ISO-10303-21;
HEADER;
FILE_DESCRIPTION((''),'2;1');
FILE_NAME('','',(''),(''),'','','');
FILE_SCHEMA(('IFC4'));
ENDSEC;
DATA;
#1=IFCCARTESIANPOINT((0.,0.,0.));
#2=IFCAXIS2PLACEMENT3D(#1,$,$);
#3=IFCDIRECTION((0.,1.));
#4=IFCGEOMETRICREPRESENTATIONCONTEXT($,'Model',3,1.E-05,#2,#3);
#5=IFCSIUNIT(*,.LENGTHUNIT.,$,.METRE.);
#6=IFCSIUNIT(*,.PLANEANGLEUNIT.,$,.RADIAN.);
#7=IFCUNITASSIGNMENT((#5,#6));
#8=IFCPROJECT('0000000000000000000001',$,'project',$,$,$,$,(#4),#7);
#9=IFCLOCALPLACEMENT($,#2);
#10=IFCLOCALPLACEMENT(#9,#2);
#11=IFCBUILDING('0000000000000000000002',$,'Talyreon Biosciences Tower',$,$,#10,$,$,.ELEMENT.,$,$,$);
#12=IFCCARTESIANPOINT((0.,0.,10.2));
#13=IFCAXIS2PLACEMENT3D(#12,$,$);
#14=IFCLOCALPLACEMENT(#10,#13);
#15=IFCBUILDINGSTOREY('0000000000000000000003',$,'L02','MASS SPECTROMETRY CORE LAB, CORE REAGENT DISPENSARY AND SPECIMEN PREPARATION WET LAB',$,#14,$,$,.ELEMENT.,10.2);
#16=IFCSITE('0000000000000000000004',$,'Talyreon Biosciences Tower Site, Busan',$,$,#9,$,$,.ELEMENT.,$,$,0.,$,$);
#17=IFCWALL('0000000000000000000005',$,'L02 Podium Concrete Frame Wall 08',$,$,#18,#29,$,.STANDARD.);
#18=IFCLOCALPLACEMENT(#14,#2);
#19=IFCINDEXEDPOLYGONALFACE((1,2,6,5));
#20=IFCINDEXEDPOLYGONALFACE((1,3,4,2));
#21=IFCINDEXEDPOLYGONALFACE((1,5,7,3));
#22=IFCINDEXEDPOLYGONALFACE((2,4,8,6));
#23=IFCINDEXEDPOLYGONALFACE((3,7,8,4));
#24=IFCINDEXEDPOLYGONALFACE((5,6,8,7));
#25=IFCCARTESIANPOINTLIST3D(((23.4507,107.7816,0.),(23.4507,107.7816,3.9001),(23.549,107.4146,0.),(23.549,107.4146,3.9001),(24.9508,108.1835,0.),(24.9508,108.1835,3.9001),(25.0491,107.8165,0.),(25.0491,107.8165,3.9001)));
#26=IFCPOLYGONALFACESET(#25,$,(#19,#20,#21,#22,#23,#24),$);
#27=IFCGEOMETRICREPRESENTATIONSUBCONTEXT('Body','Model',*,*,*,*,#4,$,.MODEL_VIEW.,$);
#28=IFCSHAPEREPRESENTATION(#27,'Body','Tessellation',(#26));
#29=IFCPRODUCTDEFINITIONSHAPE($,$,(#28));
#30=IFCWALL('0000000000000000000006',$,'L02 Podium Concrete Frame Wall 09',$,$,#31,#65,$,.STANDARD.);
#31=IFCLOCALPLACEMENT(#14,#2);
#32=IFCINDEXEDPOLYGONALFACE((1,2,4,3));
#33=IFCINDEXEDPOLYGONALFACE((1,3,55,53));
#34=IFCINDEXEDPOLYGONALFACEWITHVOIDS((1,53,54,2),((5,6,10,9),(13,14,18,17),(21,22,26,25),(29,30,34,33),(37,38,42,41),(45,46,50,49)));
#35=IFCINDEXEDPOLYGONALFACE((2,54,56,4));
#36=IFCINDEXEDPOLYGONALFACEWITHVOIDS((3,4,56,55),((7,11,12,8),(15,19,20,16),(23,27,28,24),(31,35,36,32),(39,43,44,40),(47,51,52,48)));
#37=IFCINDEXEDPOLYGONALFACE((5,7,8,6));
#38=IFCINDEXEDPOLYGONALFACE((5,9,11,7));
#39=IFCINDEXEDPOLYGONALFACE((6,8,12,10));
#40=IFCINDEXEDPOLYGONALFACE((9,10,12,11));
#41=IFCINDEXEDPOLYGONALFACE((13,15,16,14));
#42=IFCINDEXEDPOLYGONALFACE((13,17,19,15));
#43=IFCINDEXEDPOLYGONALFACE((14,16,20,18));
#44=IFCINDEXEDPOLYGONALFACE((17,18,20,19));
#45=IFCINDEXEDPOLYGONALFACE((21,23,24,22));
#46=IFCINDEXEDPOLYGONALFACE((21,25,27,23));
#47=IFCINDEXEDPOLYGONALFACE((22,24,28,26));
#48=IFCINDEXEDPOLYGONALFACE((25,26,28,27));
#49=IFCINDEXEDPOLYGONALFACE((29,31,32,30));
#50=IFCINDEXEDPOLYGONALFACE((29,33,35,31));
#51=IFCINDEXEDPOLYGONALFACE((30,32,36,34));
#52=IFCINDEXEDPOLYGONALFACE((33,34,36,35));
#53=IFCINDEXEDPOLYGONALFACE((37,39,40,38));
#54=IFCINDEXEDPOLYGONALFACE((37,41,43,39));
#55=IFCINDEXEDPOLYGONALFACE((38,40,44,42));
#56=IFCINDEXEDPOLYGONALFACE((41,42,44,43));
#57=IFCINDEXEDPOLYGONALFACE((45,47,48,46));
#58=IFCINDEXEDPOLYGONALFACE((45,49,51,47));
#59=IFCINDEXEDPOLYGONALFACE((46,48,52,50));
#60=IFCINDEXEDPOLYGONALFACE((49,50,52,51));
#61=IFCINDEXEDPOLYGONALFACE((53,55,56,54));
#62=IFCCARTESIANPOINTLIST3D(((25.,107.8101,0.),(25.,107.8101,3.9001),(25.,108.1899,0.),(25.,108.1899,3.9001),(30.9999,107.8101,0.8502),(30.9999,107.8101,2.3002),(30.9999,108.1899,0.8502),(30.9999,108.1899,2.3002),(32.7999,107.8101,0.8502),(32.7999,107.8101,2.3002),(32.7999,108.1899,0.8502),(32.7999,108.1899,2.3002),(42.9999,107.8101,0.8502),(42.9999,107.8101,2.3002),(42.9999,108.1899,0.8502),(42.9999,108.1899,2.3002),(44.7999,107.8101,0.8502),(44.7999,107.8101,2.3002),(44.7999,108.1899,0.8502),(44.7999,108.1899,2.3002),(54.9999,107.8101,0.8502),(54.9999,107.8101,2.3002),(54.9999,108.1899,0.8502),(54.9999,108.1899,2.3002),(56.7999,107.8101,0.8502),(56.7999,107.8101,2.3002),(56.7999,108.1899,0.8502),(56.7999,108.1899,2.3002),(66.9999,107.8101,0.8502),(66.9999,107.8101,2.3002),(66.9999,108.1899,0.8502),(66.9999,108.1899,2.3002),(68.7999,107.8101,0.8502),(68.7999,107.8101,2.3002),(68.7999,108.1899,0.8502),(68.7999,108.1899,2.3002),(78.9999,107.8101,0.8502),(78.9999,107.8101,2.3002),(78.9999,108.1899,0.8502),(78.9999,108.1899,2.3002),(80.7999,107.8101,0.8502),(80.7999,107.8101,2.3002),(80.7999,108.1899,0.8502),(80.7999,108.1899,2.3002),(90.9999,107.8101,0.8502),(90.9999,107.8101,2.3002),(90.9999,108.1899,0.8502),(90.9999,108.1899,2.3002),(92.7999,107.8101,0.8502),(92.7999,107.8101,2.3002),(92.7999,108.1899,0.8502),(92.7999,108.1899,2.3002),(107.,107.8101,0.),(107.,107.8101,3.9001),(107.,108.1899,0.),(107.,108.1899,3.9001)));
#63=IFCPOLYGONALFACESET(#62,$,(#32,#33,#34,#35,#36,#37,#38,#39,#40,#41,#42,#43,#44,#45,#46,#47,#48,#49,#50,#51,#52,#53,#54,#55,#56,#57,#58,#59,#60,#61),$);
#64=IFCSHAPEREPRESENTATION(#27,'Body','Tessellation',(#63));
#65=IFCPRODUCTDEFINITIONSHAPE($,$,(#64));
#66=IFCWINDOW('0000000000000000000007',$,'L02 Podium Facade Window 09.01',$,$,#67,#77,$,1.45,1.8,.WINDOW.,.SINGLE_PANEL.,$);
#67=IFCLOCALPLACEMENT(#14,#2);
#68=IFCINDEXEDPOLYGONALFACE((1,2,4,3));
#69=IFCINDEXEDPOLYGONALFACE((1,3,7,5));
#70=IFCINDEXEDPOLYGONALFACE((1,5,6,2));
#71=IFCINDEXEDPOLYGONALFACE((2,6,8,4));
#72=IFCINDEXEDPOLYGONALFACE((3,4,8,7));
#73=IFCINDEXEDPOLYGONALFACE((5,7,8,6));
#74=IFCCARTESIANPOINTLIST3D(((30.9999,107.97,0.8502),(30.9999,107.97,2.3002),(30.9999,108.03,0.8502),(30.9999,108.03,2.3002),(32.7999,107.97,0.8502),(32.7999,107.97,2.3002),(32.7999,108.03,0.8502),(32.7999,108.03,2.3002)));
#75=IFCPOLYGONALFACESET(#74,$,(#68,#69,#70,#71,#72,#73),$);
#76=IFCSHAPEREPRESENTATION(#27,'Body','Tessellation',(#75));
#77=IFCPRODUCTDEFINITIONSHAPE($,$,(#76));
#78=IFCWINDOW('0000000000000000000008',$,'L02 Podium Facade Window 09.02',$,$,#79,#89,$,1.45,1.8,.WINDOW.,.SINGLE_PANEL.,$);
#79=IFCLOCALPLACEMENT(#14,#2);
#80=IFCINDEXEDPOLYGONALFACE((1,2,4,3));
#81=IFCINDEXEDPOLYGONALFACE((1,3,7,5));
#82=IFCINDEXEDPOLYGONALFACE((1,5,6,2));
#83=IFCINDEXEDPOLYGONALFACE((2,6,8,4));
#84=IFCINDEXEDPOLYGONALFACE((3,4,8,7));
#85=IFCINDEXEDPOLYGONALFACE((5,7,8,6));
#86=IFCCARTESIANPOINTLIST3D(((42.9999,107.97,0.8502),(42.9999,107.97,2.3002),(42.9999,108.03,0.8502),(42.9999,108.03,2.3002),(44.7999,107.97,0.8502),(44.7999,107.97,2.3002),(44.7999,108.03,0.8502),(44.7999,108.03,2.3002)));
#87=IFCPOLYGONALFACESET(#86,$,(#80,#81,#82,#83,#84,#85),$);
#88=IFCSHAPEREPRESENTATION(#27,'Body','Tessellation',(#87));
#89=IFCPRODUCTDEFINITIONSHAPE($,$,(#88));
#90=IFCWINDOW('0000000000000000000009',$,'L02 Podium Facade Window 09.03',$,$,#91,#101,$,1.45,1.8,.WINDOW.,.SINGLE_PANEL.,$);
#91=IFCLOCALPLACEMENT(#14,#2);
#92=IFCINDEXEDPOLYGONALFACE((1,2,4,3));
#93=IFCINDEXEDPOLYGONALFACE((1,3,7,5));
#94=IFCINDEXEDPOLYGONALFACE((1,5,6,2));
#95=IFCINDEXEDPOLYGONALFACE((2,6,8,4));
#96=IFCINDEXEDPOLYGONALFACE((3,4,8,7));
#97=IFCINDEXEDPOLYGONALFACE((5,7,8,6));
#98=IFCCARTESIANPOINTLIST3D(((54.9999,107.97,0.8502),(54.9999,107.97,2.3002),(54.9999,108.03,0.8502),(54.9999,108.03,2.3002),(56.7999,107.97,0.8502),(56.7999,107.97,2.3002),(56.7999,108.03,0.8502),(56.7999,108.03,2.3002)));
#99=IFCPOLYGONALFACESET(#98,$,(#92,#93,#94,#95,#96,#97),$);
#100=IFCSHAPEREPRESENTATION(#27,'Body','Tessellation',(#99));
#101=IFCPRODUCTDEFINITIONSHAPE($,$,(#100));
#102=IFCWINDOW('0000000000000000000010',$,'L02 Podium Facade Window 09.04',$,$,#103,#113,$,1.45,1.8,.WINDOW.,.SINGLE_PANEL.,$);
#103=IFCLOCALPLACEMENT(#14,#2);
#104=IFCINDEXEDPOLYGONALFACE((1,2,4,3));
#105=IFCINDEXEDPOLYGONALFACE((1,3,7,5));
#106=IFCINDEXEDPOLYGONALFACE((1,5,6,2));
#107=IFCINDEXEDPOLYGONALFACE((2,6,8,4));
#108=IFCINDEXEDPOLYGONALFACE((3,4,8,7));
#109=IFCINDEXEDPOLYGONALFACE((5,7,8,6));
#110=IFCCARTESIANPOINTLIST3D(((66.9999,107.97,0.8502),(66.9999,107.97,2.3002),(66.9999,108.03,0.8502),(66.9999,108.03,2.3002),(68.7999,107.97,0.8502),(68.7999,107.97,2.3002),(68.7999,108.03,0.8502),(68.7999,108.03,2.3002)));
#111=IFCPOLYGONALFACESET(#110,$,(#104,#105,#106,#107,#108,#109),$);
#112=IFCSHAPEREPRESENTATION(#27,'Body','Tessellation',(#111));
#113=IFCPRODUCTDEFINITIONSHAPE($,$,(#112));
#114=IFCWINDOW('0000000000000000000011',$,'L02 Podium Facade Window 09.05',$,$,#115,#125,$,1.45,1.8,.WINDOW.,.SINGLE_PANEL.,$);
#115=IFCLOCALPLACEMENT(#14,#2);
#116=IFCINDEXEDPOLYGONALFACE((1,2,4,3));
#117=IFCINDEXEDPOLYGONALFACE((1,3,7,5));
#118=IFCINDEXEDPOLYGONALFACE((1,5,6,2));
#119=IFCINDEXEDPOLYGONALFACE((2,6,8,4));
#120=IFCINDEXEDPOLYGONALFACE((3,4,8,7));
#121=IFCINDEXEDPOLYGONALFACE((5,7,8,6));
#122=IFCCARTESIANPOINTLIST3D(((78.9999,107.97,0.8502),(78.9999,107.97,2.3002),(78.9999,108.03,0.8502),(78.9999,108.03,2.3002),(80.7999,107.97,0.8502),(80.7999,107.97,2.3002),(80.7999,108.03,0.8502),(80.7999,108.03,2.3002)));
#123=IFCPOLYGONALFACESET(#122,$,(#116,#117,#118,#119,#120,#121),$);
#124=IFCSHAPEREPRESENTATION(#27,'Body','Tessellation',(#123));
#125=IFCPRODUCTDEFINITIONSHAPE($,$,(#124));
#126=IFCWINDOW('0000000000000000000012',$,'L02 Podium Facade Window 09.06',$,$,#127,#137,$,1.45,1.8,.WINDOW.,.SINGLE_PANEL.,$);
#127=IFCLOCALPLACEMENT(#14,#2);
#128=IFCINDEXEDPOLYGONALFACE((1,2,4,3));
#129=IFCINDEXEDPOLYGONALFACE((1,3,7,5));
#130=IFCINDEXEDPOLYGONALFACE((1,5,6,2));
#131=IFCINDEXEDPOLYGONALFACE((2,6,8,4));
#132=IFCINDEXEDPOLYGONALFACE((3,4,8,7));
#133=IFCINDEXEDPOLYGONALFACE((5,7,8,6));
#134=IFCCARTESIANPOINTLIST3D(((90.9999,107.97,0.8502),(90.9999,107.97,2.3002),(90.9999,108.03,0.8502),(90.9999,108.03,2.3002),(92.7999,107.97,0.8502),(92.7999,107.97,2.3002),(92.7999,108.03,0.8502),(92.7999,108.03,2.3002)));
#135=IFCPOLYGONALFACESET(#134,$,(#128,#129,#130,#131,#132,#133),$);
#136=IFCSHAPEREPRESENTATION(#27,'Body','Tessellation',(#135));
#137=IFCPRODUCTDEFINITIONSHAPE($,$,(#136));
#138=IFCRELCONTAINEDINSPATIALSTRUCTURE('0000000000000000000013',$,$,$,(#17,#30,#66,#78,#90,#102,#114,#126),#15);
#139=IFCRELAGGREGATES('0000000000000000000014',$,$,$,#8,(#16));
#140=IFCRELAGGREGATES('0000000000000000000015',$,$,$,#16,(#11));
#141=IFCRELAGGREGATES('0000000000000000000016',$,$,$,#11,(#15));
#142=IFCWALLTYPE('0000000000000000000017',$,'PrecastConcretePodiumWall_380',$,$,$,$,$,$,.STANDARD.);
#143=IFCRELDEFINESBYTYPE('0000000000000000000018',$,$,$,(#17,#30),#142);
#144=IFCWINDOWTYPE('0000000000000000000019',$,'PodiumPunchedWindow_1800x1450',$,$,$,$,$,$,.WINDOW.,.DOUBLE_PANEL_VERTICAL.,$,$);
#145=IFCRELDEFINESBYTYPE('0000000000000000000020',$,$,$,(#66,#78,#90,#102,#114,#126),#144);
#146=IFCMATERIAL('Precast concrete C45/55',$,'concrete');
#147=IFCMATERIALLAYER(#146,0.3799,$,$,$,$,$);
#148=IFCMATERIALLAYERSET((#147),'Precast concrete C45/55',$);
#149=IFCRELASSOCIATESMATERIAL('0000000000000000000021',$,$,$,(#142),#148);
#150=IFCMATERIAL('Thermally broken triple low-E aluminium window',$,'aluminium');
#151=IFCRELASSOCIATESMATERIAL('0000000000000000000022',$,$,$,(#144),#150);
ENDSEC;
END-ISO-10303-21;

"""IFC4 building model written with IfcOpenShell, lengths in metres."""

from ifc_helpers import new_model, si_unit, direction, frame, frame_2d, origin, place, context, subcontext, project, spatial, rectangle, extrude, material, layer, layer_set, type_object, element, fill, save


model = new_model("IFC4")

# Units and contexts
model_context = context("Model", 3, precision=1e-05, world=origin(), true_north=direction((0.0, 1.0)))
body_context = subcontext(model_context, "Body", "Model", "MODEL_VIEW")
ifc_project = project(units=[si_unit("LENGTHUNIT", "METRE"), si_unit("PLANEANGLEUNIT", "RADIAN")], contexts=[model_context])

# Site, building, storey
site_placement = place(None, origin())
site = spatial("IfcSite", under=ifc_project, at=site_placement, Name="Talyreon Biosciences Tower Site, Busan", CompositionType="ELEMENT", RefElevation=0.0)
building_placement = place(site_placement, origin())
building = spatial("IfcBuilding", under=site, at=building_placement, Name="Talyreon Biosciences Tower", CompositionType="ELEMENT")
storey_placement = place(building_placement, frame((0.0, 0.0, 10.2)))
storey = spatial("IfcBuildingStorey", under=building, at=storey_placement, Name="L02", Description="MASS SPECTROMETRY CORE LAB, CORE REAGENT DISPENSARY AND SPECIMEN PREPARATION WET LAB", CompositionType="ELEMENT", Elevation=10.2)

# Wall
ifc_material_1 = material(Name="Precast concrete C45/55", Category="concrete")
ifc_layer_1 = layer(ifc_material_1, 0.3799)
ifc_layer_set_1 = layer_set([ifc_layer_1], Name="Precast concrete C45/55")
wall_type_1 = type_object("IfcWallType", Name="PrecastConcretePodiumWall_380", PredefinedType="STANDARD", material=ifc_layer_set_1)
for number, where, z_axis, x_axis, name in (
    (1, (23.5, 107.5981, 0.0), (0.0, 0.0, 1.0), (0.965937, 0.258778, 0.0), "L02 Podium Concrete Frame Wall 08"),
):
    element("IfcWall", number, at=place(storey_placement, frame(where, z_axis=z_axis, x_axis=x_axis)), inside=storey, type_object=wall_type_1, Name=name, PredefinedType="STANDARD", context=body_context, shape_type="SweptSolid", body=[
        extrude(rectangle(XDim=1.553, YDim=0.3799, at=frame_2d((0.7764, 0.0))), origin(), (0.0, 0.0, 1.0), 3.9001),
    ])

# Wall, openings, windows
wall_1_placement = place(storey_placement, frame((25.0, 108.0, 0.0), z_axis=(0.0, 0.0, 1.0), x_axis=(1.0, 0.0, 0.0)))
wall_1 = element("IfcWall", 2, at=wall_1_placement, inside=storey, type_object=wall_type_1, Name="L02 Podium Concrete Frame Wall 09", PredefinedType="STANDARD", context=body_context, shape_type="SweptSolid", body=[
    extrude(rectangle(XDim=82.0, YDim=0.3799, at=frame_2d((41.0, 0.0))), origin(), (0.0, 0.0, 1.0), 3.9001),
])
opening_1_placement = place(wall_1_placement, frame((6.0, 0.0, 0.8501)))
opening_1 = element("IfcOpeningElement", 3, at=opening_1_placement, cuts=wall_1, PredefinedType="OPENING", context=body_context, shape_type="SweptSolid", body=[
    extrude(rectangle(XDim=1.8, YDim=1.45, at=frame_2d((0.8999, 0.7251))), frame((0.0, 0.2, 0.0), z_axis=(0.0, -1.0, 0.0), x_axis=(1.0, 0.0, 0.0)), (0.0, 0.0, 1.0), 0.3999),
])
opening_2_placement = place(wall_1_placement, frame((18.0, 0.0, 0.8501)))
opening_2 = element("IfcOpeningElement", 4, at=opening_2_placement, cuts=wall_1, PredefinedType="OPENING", context=body_context, shape_type="SweptSolid", body=[
    extrude(rectangle(XDim=1.8, YDim=1.45, at=frame_2d((0.8999, 0.7251))), frame((0.0, 0.2, 0.0), z_axis=(0.0, -1.0, 0.0), x_axis=(1.0, 0.0, 0.0)), (0.0, 0.0, 1.0), 0.3999),
])
opening_3_placement = place(wall_1_placement, frame((30.0, 0.0, 0.8501)))
opening_3 = element("IfcOpeningElement", 5, at=opening_3_placement, cuts=wall_1, PredefinedType="OPENING", context=body_context, shape_type="SweptSolid", body=[
    extrude(rectangle(XDim=1.8, YDim=1.45, at=frame_2d((0.8999, 0.7251))), frame((0.0, 0.2, 0.0), z_axis=(0.0, -1.0, 0.0), x_axis=(1.0, 0.0, 0.0)), (0.0, 0.0, 1.0), 0.3999),
])
opening_4_placement = place(wall_1_placement, frame((42.0, 0.0, 0.8501)))
opening_4 = element("IfcOpeningElement", 6, at=opening_4_placement, cuts=wall_1, PredefinedType="OPENING", context=body_context, shape_type="SweptSolid", body=[
    extrude(rectangle(XDim=1.8, YDim=1.45, at=frame_2d((0.8999, 0.7251))), frame((0.0, 0.2, 0.0), z_axis=(0.0, -1.0, 0.0), x_axis=(1.0, 0.0, 0.0)), (0.0, 0.0, 1.0), 0.3999),
])
opening_5_placement = place(wall_1_placement, frame((54.0, 0.0, 0.8501)))
opening_5 = element("IfcOpeningElement", 7, at=opening_5_placement, cuts=wall_1, PredefinedType="OPENING", context=body_context, shape_type="SweptSolid", body=[
    extrude(rectangle(XDim=1.8, YDim=1.45, at=frame_2d((0.8999, 0.7251))), frame((0.0, 0.2, 0.0), z_axis=(0.0, -1.0, 0.0), x_axis=(1.0, 0.0, 0.0)), (0.0, 0.0, 1.0), 0.3999),
])
opening_6_placement = place(wall_1_placement, frame((66.0, 0.0, 0.8501)))
opening_6 = element("IfcOpeningElement", 8, at=opening_6_placement, cuts=wall_1, PredefinedType="OPENING", context=body_context, shape_type="SweptSolid", body=[
    extrude(rectangle(XDim=1.8, YDim=1.45, at=frame_2d((0.8999, 0.7251))), frame((0.0, 0.2, 0.0), z_axis=(0.0, -1.0, 0.0), x_axis=(1.0, 0.0, 0.0)), (0.0, 0.0, 1.0), 0.3999),
])
ifc_material_2 = material(Name="Thermally broken triple low-E aluminium window", Category="aluminium")
window_type = type_object("IfcWindowType", Name="PodiumPunchedWindow_1800x1450", PartitioningType="DOUBLE_PANEL_VERTICAL", PredefinedType="WINDOW", material=ifc_material_2)
window_1_placement = place(opening_1_placement, origin())
window_1 = element("IfcWindow", 9, at=window_1_placement, inside=storey, type_object=window_type, Name="L02 Podium Facade Window 09.01", OverallHeight=1.45, OverallWidth=1.8, PartitioningType="SINGLE_PANEL", PredefinedType="WINDOW", context=body_context, shape_type="SweptSolid", body=[
    extrude(rectangle(XDim=1.8, YDim=1.45, at=frame_2d((0.8999, 0.7251))), frame((0.0, 0.03, 0.0), z_axis=(0.0, -1.0, 0.0), x_axis=(1.0, 0.0, 0.0)), (0.0, 0.0, 1.0), 0.0601),
])
fill(opening_1, window_1)
window_2_placement = place(opening_2_placement, origin())
window_2 = element("IfcWindow", 10, at=window_2_placement, inside=storey, type_object=window_type, Name="L02 Podium Facade Window 09.02", OverallHeight=1.45, OverallWidth=1.8, PartitioningType="SINGLE_PANEL", PredefinedType="WINDOW", context=body_context, shape_type="SweptSolid", body=[
    extrude(rectangle(XDim=1.8, YDim=1.45, at=frame_2d((0.8999, 0.7251))), frame((0.0, 0.03, 0.0), z_axis=(0.0, -1.0, 0.0), x_axis=(1.0, 0.0, 0.0)), (0.0, 0.0, 1.0), 0.0601),
])
fill(opening_2, window_2)
window_3_placement = place(opening_3_placement, origin())
window_3 = element("IfcWindow", 11, at=window_3_placement, inside=storey, type_object=window_type, Name="L02 Podium Facade Window 09.03", OverallHeight=1.45, OverallWidth=1.8, PartitioningType="SINGLE_PANEL", PredefinedType="WINDOW", context=body_context, shape_type="SweptSolid", body=[
    extrude(rectangle(XDim=1.8, YDim=1.45, at=frame_2d((0.8999, 0.7251))), frame((0.0, 0.03, 0.0), z_axis=(0.0, -1.0, 0.0), x_axis=(1.0, 0.0, 0.0)), (0.0, 0.0, 1.0), 0.0601),
])
fill(opening_3, window_3)
window_4_placement = place(opening_4_placement, origin())
window_4 = element("IfcWindow", 12, at=window_4_placement, inside=storey, type_object=window_type, Name="L02 Podium Facade Window 09.04", OverallHeight=1.45, OverallWidth=1.8, PartitioningType="SINGLE_PANEL", PredefinedType="WINDOW", context=body_context, shape_type="SweptSolid", body=[
    extrude(rectangle(XDim=1.8, YDim=1.45, at=frame_2d((0.8999, 0.7251))), frame((0.0, 0.03, 0.0), z_axis=(0.0, -1.0, 0.0), x_axis=(1.0, 0.0, 0.0)), (0.0, 0.0, 1.0), 0.0601),
])
fill(opening_4, window_4)
window_5_placement = place(opening_5_placement, origin())
window_5 = element("IfcWindow", 13, at=window_5_placement, inside=storey, type_object=window_type, Name="L02 Podium Facade Window 09.05", OverallHeight=1.45, OverallWidth=1.8, PartitioningType="SINGLE_PANEL", PredefinedType="WINDOW", context=body_context, shape_type="SweptSolid", body=[
    extrude(rectangle(XDim=1.8, YDim=1.45, at=frame_2d((0.8999, 0.7251))), frame((0.0, 0.03, 0.0), z_axis=(0.0, -1.0, 0.0), x_axis=(1.0, 0.0, 0.0)), (0.0, 0.0, 1.0), 0.0601),
])
fill(opening_5, window_5)
window_6_placement = place(opening_6_placement, origin())
window_6 = element("IfcWindow", 14, at=window_6_placement, inside=storey, type_object=window_type, Name="L02 Podium Facade Window 09.06", OverallHeight=1.45, OverallWidth=1.8, PartitioningType="SINGLE_PANEL", PredefinedType="WINDOW", context=body_context, shape_type="SweptSolid", body=[
    extrude(rectangle(XDim=1.8, YDim=1.45, at=frame_2d((0.8999, 0.7251))), frame((0.0, 0.03, 0.0), z_axis=(0.0, -1.0, 0.0), x_axis=(1.0, 0.0, 0.0)), (0.0, 0.0, 1.0), 0.0601),
])
fill(opening_6, window_6)

save(model, "model.ifc")
